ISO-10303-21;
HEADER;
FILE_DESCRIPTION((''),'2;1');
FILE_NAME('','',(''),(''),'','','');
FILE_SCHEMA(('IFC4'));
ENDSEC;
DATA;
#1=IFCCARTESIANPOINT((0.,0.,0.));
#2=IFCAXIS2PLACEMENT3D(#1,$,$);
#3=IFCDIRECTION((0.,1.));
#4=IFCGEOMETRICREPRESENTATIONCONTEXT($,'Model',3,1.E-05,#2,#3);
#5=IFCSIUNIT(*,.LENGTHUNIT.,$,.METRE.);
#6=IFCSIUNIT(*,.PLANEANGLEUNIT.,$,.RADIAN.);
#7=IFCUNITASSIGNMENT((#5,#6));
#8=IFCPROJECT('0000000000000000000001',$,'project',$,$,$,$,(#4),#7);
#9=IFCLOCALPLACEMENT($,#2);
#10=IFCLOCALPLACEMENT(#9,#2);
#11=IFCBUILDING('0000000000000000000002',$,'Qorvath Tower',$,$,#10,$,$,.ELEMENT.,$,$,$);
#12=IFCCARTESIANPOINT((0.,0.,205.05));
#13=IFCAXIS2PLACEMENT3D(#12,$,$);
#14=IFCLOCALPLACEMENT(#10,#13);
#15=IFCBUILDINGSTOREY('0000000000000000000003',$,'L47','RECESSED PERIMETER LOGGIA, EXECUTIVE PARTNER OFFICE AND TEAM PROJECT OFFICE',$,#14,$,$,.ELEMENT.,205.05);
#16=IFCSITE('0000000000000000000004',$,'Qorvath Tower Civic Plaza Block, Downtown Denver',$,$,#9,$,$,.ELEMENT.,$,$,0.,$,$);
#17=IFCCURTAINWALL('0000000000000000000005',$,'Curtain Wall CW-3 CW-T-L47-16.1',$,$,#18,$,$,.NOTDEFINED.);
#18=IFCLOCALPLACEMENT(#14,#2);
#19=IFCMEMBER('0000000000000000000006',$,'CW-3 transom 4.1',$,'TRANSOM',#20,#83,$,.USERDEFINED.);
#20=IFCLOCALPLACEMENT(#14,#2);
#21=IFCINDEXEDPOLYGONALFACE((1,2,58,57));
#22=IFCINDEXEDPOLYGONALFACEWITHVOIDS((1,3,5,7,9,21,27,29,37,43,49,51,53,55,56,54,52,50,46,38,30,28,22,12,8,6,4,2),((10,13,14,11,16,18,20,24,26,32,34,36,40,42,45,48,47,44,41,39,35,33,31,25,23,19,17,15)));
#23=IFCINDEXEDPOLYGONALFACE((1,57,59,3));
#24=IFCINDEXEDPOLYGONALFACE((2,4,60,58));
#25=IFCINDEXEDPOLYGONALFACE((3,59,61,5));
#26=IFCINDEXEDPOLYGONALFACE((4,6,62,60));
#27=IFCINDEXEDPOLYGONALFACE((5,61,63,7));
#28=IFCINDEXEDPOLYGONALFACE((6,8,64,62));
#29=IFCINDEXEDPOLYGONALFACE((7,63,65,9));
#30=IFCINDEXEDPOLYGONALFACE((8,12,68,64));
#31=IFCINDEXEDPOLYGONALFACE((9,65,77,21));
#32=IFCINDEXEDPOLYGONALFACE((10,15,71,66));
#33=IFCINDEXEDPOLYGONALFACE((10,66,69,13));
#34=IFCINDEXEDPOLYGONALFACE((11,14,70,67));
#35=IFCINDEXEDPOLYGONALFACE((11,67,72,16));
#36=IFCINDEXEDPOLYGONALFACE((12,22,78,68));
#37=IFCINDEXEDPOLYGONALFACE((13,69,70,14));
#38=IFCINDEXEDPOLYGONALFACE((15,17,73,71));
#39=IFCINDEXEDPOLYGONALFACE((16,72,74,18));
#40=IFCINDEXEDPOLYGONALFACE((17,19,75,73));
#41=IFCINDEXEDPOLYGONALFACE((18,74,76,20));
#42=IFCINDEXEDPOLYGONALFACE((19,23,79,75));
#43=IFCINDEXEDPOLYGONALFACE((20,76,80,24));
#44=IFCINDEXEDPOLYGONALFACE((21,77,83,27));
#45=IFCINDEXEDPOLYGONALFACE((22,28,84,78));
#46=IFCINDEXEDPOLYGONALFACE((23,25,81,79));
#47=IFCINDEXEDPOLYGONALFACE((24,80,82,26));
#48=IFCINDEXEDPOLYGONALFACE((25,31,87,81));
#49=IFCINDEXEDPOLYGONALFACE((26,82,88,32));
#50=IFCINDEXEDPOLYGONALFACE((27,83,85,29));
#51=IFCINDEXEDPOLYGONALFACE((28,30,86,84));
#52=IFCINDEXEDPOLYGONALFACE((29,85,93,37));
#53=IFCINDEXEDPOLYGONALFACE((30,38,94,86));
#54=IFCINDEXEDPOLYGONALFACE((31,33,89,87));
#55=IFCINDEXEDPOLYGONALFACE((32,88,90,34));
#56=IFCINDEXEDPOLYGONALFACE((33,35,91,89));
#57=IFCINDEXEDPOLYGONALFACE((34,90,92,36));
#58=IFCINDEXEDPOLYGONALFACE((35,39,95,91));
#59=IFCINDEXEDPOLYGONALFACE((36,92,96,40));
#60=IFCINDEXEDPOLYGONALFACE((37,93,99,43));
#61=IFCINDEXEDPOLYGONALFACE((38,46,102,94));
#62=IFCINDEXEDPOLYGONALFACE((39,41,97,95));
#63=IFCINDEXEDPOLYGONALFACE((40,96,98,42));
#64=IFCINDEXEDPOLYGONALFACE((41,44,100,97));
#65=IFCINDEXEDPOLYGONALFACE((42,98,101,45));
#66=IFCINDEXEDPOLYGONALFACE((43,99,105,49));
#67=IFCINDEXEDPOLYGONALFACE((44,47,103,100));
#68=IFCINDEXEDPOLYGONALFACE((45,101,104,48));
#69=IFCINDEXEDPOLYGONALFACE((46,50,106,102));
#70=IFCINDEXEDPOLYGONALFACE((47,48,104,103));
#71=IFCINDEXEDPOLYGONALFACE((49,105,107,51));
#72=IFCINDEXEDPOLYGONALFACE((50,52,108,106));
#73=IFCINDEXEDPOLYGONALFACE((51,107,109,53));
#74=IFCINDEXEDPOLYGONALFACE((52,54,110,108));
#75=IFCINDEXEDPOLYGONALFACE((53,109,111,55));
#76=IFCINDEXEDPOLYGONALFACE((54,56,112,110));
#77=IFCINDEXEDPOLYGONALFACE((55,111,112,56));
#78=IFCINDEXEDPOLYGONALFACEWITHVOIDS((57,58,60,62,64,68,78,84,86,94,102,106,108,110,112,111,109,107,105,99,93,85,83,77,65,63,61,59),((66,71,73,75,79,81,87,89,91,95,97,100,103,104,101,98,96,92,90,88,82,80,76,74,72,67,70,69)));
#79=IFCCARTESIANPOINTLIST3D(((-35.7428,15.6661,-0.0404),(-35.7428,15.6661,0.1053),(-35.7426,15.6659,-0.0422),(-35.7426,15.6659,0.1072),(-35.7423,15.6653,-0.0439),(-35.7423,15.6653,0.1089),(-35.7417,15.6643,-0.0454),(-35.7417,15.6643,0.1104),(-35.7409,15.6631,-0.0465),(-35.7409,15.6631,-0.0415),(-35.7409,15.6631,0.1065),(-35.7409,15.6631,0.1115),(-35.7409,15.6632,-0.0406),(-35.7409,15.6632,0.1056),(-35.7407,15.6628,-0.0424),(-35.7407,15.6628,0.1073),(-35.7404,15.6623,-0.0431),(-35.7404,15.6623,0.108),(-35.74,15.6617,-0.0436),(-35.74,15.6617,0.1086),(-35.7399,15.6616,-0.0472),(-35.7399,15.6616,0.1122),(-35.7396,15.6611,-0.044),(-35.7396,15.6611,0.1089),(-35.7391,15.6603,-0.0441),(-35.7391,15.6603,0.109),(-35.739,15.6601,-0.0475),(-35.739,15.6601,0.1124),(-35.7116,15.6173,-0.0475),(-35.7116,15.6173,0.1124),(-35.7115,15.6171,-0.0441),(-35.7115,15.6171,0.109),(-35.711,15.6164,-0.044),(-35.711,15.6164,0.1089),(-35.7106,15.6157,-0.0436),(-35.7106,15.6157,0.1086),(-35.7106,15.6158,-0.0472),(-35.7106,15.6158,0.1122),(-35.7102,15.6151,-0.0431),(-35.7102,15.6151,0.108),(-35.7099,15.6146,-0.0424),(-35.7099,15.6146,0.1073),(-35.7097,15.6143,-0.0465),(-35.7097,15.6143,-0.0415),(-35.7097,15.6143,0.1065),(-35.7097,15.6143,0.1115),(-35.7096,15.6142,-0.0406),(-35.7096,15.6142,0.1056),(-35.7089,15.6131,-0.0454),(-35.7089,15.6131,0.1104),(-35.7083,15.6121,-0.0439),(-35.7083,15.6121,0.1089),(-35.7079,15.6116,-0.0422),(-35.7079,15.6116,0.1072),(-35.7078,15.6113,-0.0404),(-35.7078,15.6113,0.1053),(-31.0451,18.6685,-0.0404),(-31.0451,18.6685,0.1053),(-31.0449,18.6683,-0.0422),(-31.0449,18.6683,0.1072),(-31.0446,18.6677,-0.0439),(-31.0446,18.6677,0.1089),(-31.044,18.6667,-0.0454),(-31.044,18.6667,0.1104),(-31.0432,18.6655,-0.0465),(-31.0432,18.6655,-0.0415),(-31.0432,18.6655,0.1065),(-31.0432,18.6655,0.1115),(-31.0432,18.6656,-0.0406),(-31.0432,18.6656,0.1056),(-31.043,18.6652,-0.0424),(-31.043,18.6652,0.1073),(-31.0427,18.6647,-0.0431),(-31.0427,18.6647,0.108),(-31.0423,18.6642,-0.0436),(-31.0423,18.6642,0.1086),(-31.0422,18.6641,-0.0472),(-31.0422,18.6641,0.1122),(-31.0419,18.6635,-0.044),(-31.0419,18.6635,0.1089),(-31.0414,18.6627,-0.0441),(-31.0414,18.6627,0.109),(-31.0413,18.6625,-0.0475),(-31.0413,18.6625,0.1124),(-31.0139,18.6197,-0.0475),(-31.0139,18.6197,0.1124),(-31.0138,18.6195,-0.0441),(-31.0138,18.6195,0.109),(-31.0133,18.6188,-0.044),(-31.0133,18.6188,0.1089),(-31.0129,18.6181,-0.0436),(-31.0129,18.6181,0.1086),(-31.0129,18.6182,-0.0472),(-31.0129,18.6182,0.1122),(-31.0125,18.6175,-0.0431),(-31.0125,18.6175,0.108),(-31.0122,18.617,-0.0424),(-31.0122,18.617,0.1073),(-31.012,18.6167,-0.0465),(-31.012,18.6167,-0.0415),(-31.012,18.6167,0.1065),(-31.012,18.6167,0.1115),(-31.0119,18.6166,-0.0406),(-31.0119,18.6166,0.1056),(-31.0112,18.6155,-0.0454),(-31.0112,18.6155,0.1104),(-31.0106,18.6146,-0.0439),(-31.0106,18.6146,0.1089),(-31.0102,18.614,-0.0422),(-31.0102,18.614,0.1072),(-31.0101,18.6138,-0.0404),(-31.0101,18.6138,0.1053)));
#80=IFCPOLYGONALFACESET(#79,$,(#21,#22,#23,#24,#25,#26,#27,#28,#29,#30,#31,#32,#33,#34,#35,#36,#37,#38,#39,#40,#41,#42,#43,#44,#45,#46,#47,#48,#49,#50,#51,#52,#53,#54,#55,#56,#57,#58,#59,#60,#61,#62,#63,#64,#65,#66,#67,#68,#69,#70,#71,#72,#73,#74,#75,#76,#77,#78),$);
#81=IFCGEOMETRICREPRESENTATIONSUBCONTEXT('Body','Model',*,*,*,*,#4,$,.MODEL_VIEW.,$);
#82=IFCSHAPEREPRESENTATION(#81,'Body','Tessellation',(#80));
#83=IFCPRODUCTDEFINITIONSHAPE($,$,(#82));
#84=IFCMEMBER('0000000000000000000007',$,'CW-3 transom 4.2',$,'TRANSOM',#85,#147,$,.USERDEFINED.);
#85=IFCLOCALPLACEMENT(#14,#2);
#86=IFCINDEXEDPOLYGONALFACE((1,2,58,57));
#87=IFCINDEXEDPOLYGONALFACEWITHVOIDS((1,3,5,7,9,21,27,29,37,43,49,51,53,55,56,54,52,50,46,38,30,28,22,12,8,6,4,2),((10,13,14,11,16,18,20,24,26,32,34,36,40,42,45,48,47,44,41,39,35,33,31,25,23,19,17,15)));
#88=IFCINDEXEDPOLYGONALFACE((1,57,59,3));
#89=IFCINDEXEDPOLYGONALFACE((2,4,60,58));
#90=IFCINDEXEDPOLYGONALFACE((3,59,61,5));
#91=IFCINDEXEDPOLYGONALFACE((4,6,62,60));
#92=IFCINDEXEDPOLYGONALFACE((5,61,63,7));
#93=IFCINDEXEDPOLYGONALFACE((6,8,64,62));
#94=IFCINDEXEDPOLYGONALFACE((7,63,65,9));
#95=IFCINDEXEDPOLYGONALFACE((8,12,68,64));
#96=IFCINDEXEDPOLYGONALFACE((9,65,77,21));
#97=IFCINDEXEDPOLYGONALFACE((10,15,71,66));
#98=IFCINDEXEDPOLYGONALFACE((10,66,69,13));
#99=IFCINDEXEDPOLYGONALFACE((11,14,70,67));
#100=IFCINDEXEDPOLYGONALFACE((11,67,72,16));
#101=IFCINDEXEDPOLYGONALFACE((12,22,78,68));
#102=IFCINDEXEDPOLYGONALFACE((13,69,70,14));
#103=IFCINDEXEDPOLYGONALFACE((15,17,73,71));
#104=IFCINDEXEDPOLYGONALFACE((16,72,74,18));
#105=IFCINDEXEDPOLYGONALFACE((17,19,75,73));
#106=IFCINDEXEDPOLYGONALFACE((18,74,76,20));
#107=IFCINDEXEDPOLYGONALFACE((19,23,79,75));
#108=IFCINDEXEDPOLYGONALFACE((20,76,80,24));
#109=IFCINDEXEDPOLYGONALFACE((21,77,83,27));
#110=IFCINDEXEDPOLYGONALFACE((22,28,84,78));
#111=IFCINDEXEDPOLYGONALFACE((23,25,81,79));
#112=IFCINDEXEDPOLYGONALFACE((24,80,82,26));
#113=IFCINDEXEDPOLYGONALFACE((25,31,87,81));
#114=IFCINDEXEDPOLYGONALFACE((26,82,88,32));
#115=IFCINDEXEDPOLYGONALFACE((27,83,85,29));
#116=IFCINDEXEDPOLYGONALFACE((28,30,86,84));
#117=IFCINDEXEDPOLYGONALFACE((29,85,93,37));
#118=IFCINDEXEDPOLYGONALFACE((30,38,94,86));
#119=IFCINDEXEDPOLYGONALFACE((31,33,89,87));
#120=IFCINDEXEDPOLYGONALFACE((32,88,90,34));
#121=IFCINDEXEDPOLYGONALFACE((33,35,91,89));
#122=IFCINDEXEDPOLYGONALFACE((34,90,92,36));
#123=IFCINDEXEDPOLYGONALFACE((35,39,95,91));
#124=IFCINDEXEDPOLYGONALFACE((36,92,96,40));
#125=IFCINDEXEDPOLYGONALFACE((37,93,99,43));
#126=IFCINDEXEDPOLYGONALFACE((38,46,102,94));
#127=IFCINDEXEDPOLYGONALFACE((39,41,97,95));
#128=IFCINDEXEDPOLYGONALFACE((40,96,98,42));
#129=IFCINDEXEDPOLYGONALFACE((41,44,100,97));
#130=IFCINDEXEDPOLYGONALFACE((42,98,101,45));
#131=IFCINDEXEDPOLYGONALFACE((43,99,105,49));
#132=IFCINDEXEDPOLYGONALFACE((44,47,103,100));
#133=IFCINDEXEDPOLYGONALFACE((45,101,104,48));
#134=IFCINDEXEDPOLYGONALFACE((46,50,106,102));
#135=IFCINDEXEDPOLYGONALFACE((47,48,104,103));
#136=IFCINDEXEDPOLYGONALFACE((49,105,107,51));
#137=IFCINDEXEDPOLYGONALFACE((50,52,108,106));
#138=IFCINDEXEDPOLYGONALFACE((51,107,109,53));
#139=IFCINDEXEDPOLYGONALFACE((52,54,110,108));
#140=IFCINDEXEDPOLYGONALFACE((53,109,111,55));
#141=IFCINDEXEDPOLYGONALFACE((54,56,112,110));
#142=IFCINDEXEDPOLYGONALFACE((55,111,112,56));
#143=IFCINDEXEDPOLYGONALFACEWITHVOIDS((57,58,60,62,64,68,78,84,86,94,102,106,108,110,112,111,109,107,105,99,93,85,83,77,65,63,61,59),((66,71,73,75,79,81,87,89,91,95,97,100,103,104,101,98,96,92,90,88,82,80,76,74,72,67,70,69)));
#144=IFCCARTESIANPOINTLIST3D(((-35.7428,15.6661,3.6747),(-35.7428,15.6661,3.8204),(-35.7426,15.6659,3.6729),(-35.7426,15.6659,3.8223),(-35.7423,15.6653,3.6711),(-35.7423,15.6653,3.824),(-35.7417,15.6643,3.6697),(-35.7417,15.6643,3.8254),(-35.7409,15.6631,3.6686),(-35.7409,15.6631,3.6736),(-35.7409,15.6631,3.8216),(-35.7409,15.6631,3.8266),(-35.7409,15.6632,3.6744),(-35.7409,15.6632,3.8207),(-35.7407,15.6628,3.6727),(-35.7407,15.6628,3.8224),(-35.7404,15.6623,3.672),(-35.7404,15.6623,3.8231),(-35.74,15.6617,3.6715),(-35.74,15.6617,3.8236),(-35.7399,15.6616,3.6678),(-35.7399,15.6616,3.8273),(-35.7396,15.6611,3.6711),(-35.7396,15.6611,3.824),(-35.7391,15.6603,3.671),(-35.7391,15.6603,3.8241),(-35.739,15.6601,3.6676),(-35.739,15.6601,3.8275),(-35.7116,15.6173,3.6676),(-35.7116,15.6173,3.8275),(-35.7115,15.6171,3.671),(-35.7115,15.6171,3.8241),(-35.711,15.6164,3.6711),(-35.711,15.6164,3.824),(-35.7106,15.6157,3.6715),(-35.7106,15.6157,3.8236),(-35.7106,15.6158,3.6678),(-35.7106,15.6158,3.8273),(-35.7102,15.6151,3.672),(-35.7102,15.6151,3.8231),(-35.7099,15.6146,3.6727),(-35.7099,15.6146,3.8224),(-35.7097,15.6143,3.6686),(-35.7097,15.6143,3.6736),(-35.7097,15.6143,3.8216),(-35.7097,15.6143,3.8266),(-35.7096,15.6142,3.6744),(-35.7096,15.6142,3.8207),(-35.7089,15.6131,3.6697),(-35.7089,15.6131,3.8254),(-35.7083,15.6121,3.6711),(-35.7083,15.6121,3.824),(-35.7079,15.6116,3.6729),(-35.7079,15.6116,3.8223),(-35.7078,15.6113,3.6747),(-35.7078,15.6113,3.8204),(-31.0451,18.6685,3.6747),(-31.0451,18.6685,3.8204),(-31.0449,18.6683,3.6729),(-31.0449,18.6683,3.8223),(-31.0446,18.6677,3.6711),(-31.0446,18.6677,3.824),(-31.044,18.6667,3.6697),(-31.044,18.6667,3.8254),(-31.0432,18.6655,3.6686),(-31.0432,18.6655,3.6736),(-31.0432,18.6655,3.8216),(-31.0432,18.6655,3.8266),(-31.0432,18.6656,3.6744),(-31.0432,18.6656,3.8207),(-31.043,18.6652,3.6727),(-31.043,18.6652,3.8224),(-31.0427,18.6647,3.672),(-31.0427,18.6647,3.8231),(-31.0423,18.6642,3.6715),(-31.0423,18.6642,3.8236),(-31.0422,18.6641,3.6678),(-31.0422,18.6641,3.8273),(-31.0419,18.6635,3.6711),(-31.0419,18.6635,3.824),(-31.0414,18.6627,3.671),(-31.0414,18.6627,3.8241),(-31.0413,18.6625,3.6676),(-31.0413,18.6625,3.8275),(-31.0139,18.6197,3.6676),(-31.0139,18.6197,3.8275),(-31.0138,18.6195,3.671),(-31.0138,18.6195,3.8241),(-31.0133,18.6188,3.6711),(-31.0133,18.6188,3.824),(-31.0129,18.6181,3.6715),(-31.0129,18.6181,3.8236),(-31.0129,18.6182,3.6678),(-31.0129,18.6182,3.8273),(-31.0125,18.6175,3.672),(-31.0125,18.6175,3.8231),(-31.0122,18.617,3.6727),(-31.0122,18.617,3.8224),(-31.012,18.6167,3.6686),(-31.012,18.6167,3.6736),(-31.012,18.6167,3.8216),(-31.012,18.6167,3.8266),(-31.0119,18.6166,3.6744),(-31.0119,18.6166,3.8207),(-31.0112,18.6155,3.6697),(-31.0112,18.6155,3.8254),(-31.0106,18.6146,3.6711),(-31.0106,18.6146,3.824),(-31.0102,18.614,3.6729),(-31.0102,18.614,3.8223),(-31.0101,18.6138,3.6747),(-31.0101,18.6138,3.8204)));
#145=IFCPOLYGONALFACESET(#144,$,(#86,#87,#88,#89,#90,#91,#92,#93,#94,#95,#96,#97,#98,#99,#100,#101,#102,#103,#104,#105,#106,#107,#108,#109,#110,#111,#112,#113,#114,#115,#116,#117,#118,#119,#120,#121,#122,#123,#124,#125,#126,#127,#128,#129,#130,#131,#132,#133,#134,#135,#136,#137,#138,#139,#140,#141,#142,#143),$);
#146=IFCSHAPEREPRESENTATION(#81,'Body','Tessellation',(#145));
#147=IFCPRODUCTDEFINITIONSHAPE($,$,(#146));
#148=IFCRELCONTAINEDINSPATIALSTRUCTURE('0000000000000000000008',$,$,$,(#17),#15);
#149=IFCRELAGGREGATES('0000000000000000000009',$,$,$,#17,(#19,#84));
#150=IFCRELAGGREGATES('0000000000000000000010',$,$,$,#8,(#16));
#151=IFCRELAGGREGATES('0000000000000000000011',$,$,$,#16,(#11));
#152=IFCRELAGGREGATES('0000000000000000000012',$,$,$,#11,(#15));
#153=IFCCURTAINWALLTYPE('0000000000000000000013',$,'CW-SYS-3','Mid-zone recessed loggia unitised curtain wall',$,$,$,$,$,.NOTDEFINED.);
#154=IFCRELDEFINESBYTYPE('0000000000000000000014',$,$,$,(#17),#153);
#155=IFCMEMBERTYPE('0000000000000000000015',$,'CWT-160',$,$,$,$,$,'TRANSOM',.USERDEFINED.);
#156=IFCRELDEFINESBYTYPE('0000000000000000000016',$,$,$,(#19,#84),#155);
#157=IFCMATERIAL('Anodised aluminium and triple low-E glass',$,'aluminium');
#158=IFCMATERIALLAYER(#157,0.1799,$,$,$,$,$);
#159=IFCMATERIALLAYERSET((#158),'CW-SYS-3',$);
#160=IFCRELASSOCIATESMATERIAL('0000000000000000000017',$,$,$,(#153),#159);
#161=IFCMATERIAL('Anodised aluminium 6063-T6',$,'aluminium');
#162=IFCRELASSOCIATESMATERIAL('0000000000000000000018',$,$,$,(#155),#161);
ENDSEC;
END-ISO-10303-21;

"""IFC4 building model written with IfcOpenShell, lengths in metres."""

from ifc_helpers import new_model, si_unit, direction, frame, origin, origin_2d, place, context, subcontext, project, spatial, hollow_rectangle, extrude, material, layer, layer_set, material_profile, profile_set, type_object, element, aggregate, save


model = new_model("IFC4")

# Units and contexts
model_context = context("Model", 3, precision=1e-05, world=origin(), true_north=direction((0.0, 1.0)))
body_context = subcontext(model_context, "Body", "Model", "MODEL_VIEW")
ifc_project = project(units=[si_unit("LENGTHUNIT", "METRE"), si_unit("PLANEANGLEUNIT", "RADIAN")], contexts=[model_context])

# Site, building, storey
site_placement = place(None, origin())
site = spatial("IfcSite", under=ifc_project, at=site_placement, Name="Qorvath Tower Civic Plaza Block, Downtown Denver", CompositionType="ELEMENT", RefElevation=0.0)
building_placement = place(site_placement, origin())
building = spatial("IfcBuilding", under=site, at=building_placement, Name="Qorvath Tower", CompositionType="ELEMENT")
storey_placement = place(building_placement, frame((0.0, 0.0, 205.05)))
storey = spatial("IfcBuildingStorey", under=building, at=storey_placement, Name="L47", Description="RECESSED PERIMETER LOGGIA, EXECUTIVE PARTNER OFFICE AND TEAM PROJECT OFFICE", CompositionType="ELEMENT", Elevation=205.05)

# Curtain wall, members
ifc_material_1 = material(Name="Anodised aluminium and triple low-E glass", Category="aluminium")
ifc_layer_1 = layer(ifc_material_1, 0.1799)
ifc_layer_set_1 = layer_set([ifc_layer_1], Name="CW-SYS-3")
curtain_wall_type = type_object("IfcCurtainWallType", Name="CW-SYS-3", Description="Mid-zone recessed loggia unitised curtain wall", PredefinedType="NOTDEFINED", material=ifc_layer_set_1)
curtain_wall_placement = place(storey_placement, origin())
curtain_wall = element("IfcCurtainWall", 1, at=curtain_wall_placement, inside=storey, type_object=curtain_wall_type, Name="Curtain Wall CW-3 CW-T-L47-16.1", PredefinedType="NOTDEFINED")
ifc_material_2 = material(Name="Anodised aluminium 6063-T6", Category="aluminium")
ifc_material_profile_1 = material_profile(ifc_material_2, hollow_rectangle(XDim=0.0649, YDim=0.1599, WallThickness=0.0034, InnerFilletRadius=0.0034, OuterFilletRadius=0.0071, at=origin_2d()), Name="CWT 160x65")
ifc_profile_set_1 = profile_set([ifc_material_profile_1], Name="Anodised aluminium 6063-T6")
member_type_1 = type_object("IfcMemberType", Name="CWT-160", ElementType="TRANSOM", PredefinedType="USERDEFINED", material=ifc_profile_set_1)
member_1_placement = place(storey_placement, frame((-31.0276, 18.6411, 0.0325), z_axis=(-0.842607, -0.538529, 0.0), x_axis=(0.538529, -0.842607, 0.0)))
member_1 = element("IfcMember", 2, at=member_1_placement, type_object=member_type_1, Name="CW-3 transom 4.1", ObjectType="TRANSOM", PredefinedType="USERDEFINED", context=body_context, shape_type="SweptSolid", body=[
    extrude(hollow_rectangle(XDim=0.0649, YDim=0.1599, WallThickness=0.0034, InnerFilletRadius=0.0034, OuterFilletRadius=0.0071, at=origin_2d()), origin(), (0.0, 0.0, 1.0), 5.5752),
])
member_2_placement = place(storey_placement, frame((-31.0276, 18.6411, 3.7476), z_axis=(-0.842607, -0.538529, 0.0), x_axis=(0.538529, -0.842607, 0.0)))
member_2 = element("IfcMember", 3, at=member_2_placement, type_object=member_type_1, Name="CW-3 transom 4.2", ObjectType="TRANSOM", PredefinedType="USERDEFINED", context=body_context, shape_type="SweptSolid", body=[
    extrude(hollow_rectangle(XDim=0.0649, YDim=0.1599, WallThickness=0.0034, InnerFilletRadius=0.0034, OuterFilletRadius=0.0071, at=origin_2d()), origin(), (0.0, 0.0, 1.0), 5.5752),
])
aggregate(curtain_wall, [member_1, member_2])

save(model, "model.ifc")
